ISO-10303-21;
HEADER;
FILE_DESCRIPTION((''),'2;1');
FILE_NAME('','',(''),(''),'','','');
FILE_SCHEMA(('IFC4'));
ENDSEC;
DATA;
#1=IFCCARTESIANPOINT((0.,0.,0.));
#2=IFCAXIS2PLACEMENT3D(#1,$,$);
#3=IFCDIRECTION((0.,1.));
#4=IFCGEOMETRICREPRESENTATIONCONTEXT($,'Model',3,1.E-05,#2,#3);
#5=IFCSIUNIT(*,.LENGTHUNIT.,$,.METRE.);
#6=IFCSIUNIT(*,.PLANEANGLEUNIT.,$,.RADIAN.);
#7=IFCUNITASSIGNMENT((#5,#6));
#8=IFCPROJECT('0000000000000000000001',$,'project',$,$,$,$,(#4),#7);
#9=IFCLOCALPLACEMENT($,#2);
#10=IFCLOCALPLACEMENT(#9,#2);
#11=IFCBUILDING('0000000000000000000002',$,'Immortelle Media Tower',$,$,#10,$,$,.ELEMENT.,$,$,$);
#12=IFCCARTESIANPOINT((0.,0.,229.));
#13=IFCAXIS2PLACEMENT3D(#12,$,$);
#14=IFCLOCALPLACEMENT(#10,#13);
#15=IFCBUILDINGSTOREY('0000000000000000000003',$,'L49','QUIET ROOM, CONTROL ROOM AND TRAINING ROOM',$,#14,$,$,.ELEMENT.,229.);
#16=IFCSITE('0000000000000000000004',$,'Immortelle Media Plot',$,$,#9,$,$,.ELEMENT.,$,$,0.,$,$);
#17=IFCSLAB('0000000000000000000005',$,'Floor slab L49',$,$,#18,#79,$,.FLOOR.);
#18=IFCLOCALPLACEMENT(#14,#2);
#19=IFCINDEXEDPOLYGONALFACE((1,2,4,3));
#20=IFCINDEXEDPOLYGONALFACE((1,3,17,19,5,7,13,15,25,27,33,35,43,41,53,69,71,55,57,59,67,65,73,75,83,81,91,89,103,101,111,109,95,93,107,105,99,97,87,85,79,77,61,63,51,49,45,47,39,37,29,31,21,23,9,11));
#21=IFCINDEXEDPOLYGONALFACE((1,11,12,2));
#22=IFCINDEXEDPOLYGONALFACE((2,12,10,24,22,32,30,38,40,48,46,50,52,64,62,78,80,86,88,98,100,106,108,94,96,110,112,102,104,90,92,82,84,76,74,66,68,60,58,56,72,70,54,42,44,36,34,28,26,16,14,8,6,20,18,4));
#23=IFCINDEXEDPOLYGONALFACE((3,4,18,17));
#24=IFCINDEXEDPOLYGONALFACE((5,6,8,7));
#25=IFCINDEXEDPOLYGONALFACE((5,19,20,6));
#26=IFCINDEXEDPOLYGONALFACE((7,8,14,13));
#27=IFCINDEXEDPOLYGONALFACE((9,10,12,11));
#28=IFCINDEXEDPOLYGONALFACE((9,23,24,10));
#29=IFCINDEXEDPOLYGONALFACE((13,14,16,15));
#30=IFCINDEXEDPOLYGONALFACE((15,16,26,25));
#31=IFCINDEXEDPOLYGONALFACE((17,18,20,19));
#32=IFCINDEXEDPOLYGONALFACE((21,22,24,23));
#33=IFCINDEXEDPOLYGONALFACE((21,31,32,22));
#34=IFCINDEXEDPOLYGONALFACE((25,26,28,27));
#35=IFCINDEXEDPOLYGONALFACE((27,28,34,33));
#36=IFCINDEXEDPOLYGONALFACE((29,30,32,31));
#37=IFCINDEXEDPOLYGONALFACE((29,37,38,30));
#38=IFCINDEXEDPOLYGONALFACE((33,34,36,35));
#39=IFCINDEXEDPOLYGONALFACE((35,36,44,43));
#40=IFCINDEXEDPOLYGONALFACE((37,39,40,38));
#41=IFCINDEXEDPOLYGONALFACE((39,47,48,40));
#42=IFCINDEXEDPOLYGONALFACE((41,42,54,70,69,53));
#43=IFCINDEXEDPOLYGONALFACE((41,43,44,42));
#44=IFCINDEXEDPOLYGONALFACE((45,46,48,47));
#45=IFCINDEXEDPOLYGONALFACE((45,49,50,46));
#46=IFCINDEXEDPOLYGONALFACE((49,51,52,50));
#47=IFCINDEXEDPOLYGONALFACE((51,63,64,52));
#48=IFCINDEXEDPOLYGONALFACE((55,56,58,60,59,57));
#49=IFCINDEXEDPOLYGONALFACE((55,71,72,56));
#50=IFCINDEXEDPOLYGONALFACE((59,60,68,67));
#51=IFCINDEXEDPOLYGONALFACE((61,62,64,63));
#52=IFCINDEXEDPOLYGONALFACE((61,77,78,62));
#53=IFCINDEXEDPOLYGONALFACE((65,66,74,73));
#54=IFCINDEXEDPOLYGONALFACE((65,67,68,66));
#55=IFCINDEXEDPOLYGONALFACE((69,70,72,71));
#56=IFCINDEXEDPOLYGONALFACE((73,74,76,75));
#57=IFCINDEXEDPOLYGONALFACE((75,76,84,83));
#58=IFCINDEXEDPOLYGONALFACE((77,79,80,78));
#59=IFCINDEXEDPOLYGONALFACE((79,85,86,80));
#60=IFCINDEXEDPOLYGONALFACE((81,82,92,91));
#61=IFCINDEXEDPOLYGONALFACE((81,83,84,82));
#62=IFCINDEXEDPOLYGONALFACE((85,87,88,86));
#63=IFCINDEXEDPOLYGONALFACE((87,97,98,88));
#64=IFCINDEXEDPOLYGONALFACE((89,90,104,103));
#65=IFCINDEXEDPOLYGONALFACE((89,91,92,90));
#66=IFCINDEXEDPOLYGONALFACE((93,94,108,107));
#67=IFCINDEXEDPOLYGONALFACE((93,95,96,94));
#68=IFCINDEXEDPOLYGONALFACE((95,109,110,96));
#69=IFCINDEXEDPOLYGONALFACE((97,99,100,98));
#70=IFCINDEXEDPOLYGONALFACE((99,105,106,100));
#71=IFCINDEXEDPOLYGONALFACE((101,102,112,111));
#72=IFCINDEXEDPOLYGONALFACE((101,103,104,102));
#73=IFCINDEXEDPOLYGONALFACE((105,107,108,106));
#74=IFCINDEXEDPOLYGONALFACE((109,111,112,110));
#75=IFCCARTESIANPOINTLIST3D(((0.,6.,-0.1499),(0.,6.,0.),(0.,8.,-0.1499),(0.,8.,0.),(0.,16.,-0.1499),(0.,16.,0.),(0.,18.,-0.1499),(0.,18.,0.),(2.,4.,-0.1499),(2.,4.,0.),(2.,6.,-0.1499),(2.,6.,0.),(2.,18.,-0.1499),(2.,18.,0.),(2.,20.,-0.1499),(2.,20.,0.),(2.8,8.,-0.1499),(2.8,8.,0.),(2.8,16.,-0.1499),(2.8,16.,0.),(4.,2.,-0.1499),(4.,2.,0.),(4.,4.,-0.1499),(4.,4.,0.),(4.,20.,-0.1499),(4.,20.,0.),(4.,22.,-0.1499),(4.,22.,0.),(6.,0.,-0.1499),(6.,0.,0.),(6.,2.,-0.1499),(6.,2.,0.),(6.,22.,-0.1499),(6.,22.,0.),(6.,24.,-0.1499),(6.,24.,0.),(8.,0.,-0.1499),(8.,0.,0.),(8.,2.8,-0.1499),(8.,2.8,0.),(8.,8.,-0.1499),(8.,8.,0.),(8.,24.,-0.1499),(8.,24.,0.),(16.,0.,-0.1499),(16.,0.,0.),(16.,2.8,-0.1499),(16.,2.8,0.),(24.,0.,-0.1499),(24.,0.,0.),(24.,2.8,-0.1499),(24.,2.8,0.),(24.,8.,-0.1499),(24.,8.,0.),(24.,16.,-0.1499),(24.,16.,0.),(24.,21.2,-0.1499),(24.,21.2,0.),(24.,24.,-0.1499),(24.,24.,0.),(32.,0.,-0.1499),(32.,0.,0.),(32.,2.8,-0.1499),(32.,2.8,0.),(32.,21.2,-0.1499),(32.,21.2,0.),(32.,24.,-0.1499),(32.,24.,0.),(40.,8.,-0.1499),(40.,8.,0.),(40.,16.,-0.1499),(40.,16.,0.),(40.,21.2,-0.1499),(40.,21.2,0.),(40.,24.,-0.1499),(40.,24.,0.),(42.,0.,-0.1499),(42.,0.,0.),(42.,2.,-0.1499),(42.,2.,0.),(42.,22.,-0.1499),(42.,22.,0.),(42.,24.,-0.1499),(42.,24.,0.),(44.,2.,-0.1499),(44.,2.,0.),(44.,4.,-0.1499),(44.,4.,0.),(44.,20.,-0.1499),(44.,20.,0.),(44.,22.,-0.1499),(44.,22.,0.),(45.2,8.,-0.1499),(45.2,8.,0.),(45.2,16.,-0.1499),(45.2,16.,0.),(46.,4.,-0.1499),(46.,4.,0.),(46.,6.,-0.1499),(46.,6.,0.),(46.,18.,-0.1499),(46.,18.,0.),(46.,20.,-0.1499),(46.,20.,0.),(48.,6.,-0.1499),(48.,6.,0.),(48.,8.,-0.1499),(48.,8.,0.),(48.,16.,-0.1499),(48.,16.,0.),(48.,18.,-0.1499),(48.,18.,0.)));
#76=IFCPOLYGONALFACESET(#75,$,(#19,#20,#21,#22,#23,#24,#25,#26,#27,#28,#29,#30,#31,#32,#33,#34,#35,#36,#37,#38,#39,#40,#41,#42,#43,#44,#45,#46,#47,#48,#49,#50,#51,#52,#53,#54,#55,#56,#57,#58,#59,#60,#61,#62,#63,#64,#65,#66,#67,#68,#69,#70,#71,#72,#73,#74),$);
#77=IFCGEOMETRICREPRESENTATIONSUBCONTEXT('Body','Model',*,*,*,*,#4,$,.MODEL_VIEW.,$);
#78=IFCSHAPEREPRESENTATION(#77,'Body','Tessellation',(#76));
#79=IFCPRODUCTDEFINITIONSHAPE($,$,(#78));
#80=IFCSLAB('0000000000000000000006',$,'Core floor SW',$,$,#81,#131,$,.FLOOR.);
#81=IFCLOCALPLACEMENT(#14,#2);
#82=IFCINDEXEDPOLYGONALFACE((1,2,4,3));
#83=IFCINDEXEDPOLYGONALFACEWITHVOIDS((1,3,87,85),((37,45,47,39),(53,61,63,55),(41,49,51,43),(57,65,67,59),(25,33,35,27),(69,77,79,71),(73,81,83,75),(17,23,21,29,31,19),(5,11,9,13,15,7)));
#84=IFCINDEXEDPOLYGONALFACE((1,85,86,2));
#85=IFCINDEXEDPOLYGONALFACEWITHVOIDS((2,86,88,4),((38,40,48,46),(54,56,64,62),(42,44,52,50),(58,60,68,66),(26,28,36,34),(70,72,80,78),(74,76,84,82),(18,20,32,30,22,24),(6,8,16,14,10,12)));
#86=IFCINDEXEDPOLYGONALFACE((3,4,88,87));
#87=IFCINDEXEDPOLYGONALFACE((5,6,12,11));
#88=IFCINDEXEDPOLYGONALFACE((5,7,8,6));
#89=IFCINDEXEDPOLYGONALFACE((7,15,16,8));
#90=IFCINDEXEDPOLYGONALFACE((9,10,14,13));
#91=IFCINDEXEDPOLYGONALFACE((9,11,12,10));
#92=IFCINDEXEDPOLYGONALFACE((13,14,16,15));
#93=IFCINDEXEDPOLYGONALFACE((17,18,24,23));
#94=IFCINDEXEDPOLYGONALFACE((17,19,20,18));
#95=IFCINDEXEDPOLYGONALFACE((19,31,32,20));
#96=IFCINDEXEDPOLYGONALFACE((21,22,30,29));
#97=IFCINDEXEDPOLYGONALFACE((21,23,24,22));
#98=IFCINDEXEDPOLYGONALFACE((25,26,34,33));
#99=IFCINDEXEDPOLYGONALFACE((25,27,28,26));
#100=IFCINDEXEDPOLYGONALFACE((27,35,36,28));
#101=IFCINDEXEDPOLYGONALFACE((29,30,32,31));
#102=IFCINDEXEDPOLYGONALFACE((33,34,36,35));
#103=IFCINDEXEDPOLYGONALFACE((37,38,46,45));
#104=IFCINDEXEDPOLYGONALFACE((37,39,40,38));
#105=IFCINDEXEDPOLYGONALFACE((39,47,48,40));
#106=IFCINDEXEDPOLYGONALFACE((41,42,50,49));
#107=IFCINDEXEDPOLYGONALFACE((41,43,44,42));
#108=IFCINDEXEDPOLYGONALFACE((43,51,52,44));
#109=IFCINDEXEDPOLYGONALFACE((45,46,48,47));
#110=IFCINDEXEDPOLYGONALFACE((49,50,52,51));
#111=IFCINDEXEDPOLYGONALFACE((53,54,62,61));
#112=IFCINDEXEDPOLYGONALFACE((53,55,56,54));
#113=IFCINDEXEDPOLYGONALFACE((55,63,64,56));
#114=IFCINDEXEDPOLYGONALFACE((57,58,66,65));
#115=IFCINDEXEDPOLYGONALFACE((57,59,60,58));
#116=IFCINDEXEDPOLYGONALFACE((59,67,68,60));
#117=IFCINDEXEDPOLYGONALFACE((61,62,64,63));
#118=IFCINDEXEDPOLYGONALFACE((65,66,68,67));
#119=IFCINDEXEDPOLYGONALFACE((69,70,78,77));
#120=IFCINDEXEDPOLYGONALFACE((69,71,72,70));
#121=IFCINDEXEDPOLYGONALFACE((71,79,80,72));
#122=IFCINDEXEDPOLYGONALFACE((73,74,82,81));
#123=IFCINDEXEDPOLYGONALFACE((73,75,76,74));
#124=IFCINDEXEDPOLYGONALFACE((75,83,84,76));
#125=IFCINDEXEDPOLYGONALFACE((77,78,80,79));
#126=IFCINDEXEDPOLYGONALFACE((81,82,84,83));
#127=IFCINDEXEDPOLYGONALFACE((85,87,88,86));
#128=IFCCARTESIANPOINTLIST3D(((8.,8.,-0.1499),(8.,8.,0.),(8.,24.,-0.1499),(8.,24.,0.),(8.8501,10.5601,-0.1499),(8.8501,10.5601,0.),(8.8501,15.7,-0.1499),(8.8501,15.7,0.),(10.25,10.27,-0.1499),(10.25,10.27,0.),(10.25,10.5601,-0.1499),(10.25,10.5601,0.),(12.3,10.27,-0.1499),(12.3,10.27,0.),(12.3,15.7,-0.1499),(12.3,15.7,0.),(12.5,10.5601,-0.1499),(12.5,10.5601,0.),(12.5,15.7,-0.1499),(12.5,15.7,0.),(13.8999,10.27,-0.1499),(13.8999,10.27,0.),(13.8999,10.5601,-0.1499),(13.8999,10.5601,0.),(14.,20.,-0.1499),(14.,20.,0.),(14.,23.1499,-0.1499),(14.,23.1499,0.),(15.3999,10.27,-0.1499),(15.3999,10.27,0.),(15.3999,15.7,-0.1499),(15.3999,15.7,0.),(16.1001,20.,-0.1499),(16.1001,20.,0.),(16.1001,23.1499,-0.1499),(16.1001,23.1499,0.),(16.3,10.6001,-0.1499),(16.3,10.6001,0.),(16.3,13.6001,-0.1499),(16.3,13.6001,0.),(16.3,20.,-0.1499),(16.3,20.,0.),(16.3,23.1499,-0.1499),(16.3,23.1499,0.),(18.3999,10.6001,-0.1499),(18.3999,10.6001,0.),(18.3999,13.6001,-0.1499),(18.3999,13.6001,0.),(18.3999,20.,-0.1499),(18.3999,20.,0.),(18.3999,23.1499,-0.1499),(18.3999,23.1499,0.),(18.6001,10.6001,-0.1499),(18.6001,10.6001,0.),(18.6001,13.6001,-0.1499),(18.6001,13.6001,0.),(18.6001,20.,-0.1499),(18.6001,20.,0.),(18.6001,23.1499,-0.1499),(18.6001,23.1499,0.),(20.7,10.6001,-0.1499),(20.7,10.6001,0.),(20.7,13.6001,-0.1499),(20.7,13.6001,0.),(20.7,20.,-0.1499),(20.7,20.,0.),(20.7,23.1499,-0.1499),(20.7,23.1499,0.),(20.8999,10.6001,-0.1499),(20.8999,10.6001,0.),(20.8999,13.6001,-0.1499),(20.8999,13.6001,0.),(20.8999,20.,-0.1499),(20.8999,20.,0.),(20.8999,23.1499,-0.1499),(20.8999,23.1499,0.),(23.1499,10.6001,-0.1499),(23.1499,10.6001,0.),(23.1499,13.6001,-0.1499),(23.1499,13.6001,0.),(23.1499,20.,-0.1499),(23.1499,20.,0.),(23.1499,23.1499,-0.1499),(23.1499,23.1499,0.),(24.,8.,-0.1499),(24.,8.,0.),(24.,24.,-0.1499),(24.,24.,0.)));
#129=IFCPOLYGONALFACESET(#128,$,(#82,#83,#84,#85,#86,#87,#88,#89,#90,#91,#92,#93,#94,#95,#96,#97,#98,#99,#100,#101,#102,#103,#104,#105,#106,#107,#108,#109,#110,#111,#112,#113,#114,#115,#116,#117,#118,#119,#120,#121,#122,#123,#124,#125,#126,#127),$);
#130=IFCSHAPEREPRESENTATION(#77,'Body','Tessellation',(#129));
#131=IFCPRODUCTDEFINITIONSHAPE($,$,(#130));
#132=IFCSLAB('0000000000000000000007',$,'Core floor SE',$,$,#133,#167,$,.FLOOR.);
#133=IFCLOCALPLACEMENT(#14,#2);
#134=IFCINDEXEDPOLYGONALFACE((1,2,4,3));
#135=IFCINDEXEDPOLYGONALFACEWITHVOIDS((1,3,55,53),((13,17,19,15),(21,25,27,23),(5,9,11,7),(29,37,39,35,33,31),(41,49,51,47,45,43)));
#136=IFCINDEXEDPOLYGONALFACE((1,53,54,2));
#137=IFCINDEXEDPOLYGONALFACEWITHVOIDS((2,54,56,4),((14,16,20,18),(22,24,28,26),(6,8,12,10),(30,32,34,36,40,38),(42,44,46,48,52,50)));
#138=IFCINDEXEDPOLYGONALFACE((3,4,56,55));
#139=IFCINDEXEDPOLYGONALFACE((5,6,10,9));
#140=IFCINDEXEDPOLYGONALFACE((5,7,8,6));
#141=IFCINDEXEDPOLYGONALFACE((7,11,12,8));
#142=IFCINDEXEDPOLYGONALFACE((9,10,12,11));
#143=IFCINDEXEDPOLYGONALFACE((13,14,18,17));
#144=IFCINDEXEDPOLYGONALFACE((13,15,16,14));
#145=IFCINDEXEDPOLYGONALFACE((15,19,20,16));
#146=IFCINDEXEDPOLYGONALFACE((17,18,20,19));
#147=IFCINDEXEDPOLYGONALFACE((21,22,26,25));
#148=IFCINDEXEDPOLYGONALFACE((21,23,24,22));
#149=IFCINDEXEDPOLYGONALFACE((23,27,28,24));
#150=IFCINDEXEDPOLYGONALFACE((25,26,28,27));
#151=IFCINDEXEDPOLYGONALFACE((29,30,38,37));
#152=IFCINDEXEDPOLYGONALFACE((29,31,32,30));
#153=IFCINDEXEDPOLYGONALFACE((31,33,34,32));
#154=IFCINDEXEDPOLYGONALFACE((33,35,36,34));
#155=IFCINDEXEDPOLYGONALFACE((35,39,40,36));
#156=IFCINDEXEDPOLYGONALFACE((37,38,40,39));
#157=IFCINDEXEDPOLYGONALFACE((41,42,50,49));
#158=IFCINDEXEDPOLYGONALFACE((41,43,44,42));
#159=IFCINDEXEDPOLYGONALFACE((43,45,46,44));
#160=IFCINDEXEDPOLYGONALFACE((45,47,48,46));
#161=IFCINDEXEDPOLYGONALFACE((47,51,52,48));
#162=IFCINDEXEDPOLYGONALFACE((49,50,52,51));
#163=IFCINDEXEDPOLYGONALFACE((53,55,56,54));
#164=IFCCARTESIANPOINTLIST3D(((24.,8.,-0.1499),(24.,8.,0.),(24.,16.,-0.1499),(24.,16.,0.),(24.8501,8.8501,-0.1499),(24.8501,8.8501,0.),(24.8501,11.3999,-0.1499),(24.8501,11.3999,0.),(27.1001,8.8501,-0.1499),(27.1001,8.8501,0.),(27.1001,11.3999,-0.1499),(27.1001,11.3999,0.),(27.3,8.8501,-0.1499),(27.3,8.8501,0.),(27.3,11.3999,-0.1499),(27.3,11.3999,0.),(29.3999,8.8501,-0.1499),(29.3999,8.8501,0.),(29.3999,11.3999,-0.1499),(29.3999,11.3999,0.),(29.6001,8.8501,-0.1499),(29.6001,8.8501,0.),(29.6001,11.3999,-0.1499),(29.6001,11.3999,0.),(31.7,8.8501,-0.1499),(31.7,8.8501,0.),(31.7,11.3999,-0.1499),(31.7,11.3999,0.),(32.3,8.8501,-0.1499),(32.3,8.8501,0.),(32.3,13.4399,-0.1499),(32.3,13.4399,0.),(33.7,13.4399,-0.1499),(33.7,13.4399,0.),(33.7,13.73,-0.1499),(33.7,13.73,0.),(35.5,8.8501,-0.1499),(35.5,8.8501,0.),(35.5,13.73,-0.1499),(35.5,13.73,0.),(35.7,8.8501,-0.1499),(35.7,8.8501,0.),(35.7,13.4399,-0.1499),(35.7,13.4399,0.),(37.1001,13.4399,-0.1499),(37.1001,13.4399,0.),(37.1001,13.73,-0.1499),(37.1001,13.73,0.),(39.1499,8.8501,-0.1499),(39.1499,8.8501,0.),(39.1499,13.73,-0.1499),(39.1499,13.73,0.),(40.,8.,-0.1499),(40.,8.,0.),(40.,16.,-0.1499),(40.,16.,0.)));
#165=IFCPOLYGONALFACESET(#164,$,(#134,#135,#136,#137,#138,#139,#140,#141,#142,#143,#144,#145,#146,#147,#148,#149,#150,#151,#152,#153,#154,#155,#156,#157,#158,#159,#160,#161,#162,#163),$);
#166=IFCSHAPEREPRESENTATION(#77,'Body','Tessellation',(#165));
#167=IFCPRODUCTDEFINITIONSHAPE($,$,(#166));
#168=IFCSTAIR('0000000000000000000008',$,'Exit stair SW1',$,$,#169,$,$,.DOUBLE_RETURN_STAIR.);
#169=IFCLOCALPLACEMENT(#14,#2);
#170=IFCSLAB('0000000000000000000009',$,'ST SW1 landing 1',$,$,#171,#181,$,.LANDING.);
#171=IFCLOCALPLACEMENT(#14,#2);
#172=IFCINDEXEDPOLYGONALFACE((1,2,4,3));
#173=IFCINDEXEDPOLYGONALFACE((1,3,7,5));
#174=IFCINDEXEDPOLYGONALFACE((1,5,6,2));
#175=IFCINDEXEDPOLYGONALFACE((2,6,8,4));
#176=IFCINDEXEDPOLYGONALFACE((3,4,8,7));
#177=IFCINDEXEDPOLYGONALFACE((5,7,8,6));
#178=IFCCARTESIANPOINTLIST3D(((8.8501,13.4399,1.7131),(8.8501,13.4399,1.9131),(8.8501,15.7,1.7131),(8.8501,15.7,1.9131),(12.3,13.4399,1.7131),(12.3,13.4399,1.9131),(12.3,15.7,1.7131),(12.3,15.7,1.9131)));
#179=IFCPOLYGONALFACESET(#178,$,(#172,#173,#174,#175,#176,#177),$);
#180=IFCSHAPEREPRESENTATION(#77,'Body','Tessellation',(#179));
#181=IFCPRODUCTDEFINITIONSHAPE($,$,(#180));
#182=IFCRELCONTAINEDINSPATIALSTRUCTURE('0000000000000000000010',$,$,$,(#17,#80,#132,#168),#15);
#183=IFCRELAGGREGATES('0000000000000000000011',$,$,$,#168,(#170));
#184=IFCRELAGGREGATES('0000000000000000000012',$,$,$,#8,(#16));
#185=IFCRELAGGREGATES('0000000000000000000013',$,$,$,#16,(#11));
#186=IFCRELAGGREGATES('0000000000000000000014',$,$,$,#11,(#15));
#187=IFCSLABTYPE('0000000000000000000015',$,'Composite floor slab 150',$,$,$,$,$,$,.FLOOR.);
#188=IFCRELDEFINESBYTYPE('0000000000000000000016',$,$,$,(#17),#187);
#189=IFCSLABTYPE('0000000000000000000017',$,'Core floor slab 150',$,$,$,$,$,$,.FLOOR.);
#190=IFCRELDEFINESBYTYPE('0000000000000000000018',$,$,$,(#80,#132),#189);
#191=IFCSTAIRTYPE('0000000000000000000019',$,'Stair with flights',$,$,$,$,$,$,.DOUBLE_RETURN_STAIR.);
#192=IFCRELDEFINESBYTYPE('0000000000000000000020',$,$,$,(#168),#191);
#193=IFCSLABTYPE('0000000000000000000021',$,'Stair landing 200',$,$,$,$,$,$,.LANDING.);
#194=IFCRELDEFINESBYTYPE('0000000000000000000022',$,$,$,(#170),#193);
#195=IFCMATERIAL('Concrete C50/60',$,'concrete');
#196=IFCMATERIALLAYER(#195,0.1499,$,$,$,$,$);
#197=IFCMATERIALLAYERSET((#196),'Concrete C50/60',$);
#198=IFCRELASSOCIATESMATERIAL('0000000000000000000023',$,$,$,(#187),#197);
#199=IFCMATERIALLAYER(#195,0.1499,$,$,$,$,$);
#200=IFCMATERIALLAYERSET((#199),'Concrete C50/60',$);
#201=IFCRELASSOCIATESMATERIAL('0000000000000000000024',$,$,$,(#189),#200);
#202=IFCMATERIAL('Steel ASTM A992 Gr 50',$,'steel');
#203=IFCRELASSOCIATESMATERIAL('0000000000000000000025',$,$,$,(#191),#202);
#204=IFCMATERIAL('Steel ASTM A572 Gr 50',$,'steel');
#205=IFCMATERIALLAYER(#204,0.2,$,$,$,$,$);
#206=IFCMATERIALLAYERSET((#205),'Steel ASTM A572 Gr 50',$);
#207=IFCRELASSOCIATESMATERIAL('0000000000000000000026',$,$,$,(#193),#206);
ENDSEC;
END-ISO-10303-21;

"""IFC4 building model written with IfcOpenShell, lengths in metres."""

from ifc_helpers import new_model, si_unit, direction, frame, origin, place, context, subcontext, project, spatial, polyline, outline, extrude, material, layer, layer_set, type_object, element, aggregate, save


model = new_model("IFC4")

# Units and contexts
model_context = context("Model", 3, precision=1e-05, world=origin(), true_north=direction((0.0, 1.0)))
body_context = subcontext(model_context, "Body", "Model", "MODEL_VIEW")
ifc_project = project(units=[si_unit("LENGTHUNIT", "METRE"), si_unit("PLANEANGLEUNIT", "RADIAN")], contexts=[model_context])

# Site, building, storey
site_placement = place(None, origin())
site = spatial("IfcSite", under=ifc_project, at=site_placement, Name="Immortelle Media Plot", CompositionType="ELEMENT", RefElevation=0.0)
building_placement = place(site_placement, origin())
building = spatial("IfcBuilding", under=site, at=building_placement, Name="Immortelle Media Tower", CompositionType="ELEMENT")
storey_placement = place(building_placement, frame((0.0, 0.0, 229.0)))
storey = spatial("IfcBuildingStorey", under=building, at=storey_placement, Name="L49", Description="QUIET ROOM, CONTROL ROOM AND TRAINING ROOM", CompositionType="ELEMENT", Elevation=229.0)

# Shared definitions
ifc_material_1 = material(Name="Steel ASTM A992 Gr 50", Category="steel")

# Slabs
ifc_material_2 = material(Name="Concrete C50/60", Category="concrete")
ifc_layer_1 = layer(ifc_material_2, 0.1499)
ifc_layer_set_1 = layer_set([ifc_layer_1], Name="Concrete C50/60")
slab_type_1 = type_object("IfcSlabType", Name="Composite floor slab 150", PredefinedType="FLOOR", material=ifc_layer_set_1)
slab_1_placement = place(storey_placement, frame((0.0, 0.0, -0.1499)))
element("IfcSlab", 1, at=slab_1_placement, inside=storey, type_object=slab_type_1, Name="Floor slab L49", PredefinedType="FLOOR", context=body_context, shape_type="SweptSolid", body=[
    extrude(outline(polyline([(6.0, 0.0), (6.0, 2.0), (4.0, 2.0), (4.0, 4.0), (2.0, 4.0), (2.0, 6.0), (0.0, 6.0), (0.0, 8.0), (2.8, 8.0), (2.8, 16.0), (0.0, 16.0), (0.0, 18.0), (2.0, 18.0), (2.0, 20.0), (4.0, 20.0), (4.0, 22.0), (6.0, 22.0), (6.0, 24.0), (8.0, 24.0), (8.0, 8.0), (24.0, 8.0), (40.0, 8.0), (40.0, 16.0), (24.0, 16.0), (24.0, 21.2), (24.0, 24.0), (32.0, 24.0), (32.0, 21.2), (40.0, 21.2), (40.0, 24.0), (42.0, 24.0), (42.0, 22.0), (44.0, 22.0), (44.0, 20.0), (46.0, 20.0), (46.0, 18.0), (48.0, 18.0), (48.0, 16.0), (45.2, 16.0), (45.2, 8.0), (48.0, 8.0), (48.0, 6.0), (46.0, 6.0), (46.0, 4.0), (44.0, 4.0), (44.0, 2.0), (42.0, 2.0), (42.0, 0.0), (32.0, 0.0), (32.0, 2.8), (24.0, 2.8), (24.0, 0.0), (16.0, 0.0), (16.0, 2.8), (8.0, 2.8), (8.0, 0.0), (6.0, 0.0)])), origin(), (0.0, 0.0, 1.0), 0.1499),
])
ifc_layer_2 = layer(ifc_material_2, 0.1499)
ifc_layer_set_2 = layer_set([ifc_layer_2], Name="Concrete C50/60")
slab_type_2 = type_object("IfcSlabType", Name="Core floor slab 150", PredefinedType="FLOOR", material=ifc_layer_set_2)
slab_2_placement = place(storey_placement, frame((0.0, 0.0, -0.1499)))
element("IfcSlab", 2, at=slab_2_placement, inside=storey, type_object=slab_type_2, Name="Core floor SW", PredefinedType="FLOOR", context=body_context, shape_type="SweptSolid", body=[
    extrude(outline(polyline([(8.0, 8.0), (24.0, 8.0), (24.0, 24.0), (8.0, 24.0), (8.0, 8.0)]), holes=[polyline([(14.0, 20.0), (16.1001, 20.0), (16.1001, 23.1499), (14.0, 23.1499), (14.0, 20.0)]), polyline([(16.3, 20.0), (18.3999, 20.0), (18.3999, 23.1499), (16.3, 23.1499), (16.3, 20.0)]), polyline([(18.6001, 20.0), (20.7, 20.0), (20.7, 23.1499), (18.6001, 23.1499), (18.6001, 20.0)]), polyline([(20.8999, 20.0), (23.1499, 20.0), (23.1499, 23.1499), (20.8999, 23.1499), (20.8999, 20.0)]), polyline([(16.3, 10.6001), (18.3999, 10.6001), (18.3999, 13.6001), (16.3, 13.6001), (16.3, 10.6001)]), polyline([(18.6001, 10.6001), (20.7, 10.6001), (20.7, 13.6001), (18.6001, 13.6001), (18.6001, 10.6001)]), polyline([(20.8999, 10.6001), (23.1499, 10.6001), (23.1499, 13.6001), (20.8999, 13.6001), (20.8999, 10.6001)]), polyline([(8.8501, 15.7), (12.3, 15.7), (12.3, 10.27), (10.25, 10.27), (10.25, 10.5601), (8.8501, 10.5601), (8.8501, 15.7)]), polyline([(12.5, 15.7), (15.3999, 15.7), (15.3999, 10.27), (13.8999, 10.27), (13.8999, 10.5601), (12.5, 10.5601), (12.5, 15.7)])]), origin(), (0.0, 0.0, 1.0), 0.1499),
])
slab_3_placement = place(storey_placement, frame((0.0, 0.0, -0.1499)))
element("IfcSlab", 3, at=slab_3_placement, inside=storey, type_object=slab_type_2, Name="Core floor SE", PredefinedType="FLOOR", context=body_context, shape_type="SweptSolid", body=[
    extrude(outline(polyline([(24.0, 8.0), (40.0, 8.0), (40.0, 16.0), (24.0, 16.0), (24.0, 8.0)]), holes=[polyline([(24.8501, 8.8501), (27.1001, 8.8501), (27.1001, 11.3999), (24.8501, 11.3999), (24.8501, 8.8501)]), polyline([(27.3, 8.8501), (29.3999, 8.8501), (29.3999, 11.3999), (27.3, 11.3999), (27.3, 8.8501)]), polyline([(29.6001, 8.8501), (31.7, 8.8501), (31.7, 11.3999), (29.6001, 11.3999), (29.6001, 8.8501)]), polyline([(35.5, 13.73), (35.5, 8.8501), (32.3, 8.8501), (32.3, 13.4399), (33.7, 13.4399), (33.7, 13.73), (35.5, 13.73)]), polyline([(39.1499, 13.73), (39.1499, 8.8501), (35.7, 8.8501), (35.7, 13.4399), (37.1001, 13.4399), (37.1001, 13.73), (39.1499, 13.73)])]), origin(), (0.0, 0.0, 1.0), 0.1499),
])

# Stair, slab
stair_type = type_object("IfcStairType", Name="Stair with flights", PredefinedType="DOUBLE_RETURN_STAIR", material=ifc_material_1)
stair_1_placement = place(storey_placement, origin())
stair_1 = element("IfcStair", 4, at=stair_1_placement, inside=storey, type_object=stair_type, Name="Exit stair SW1", PredefinedType="DOUBLE_RETURN_STAIR")
ifc_material_3 = material(Name="Steel ASTM A572 Gr 50", Category="steel")
ifc_layer_3 = layer(ifc_material_3, 0.2)
ifc_layer_set_3 = layer_set([ifc_layer_3], Name="Steel ASTM A572 Gr 50")
slab_type_3 = type_object("IfcSlabType", Name="Stair landing 200", PredefinedType="LANDING", material=ifc_layer_set_3)
slab_4_placement = place(storey_placement, frame((0.0, 0.0, 1.7131)))
slab_4 = element("IfcSlab", 5, at=slab_4_placement, type_object=slab_type_3, Name="ST SW1 landing 1", PredefinedType="LANDING", context=body_context, shape_type="SweptSolid", body=[
    extrude(outline(polyline([(8.8501, 13.4399), (12.3, 13.4399), (12.3, 15.7), (8.8501, 15.7), (8.8501, 13.4399)])), origin(), (0.0, 0.0, 1.0), 0.2),
])
aggregate(stair_1, [slab_4])

save(model, "model.ifc")
